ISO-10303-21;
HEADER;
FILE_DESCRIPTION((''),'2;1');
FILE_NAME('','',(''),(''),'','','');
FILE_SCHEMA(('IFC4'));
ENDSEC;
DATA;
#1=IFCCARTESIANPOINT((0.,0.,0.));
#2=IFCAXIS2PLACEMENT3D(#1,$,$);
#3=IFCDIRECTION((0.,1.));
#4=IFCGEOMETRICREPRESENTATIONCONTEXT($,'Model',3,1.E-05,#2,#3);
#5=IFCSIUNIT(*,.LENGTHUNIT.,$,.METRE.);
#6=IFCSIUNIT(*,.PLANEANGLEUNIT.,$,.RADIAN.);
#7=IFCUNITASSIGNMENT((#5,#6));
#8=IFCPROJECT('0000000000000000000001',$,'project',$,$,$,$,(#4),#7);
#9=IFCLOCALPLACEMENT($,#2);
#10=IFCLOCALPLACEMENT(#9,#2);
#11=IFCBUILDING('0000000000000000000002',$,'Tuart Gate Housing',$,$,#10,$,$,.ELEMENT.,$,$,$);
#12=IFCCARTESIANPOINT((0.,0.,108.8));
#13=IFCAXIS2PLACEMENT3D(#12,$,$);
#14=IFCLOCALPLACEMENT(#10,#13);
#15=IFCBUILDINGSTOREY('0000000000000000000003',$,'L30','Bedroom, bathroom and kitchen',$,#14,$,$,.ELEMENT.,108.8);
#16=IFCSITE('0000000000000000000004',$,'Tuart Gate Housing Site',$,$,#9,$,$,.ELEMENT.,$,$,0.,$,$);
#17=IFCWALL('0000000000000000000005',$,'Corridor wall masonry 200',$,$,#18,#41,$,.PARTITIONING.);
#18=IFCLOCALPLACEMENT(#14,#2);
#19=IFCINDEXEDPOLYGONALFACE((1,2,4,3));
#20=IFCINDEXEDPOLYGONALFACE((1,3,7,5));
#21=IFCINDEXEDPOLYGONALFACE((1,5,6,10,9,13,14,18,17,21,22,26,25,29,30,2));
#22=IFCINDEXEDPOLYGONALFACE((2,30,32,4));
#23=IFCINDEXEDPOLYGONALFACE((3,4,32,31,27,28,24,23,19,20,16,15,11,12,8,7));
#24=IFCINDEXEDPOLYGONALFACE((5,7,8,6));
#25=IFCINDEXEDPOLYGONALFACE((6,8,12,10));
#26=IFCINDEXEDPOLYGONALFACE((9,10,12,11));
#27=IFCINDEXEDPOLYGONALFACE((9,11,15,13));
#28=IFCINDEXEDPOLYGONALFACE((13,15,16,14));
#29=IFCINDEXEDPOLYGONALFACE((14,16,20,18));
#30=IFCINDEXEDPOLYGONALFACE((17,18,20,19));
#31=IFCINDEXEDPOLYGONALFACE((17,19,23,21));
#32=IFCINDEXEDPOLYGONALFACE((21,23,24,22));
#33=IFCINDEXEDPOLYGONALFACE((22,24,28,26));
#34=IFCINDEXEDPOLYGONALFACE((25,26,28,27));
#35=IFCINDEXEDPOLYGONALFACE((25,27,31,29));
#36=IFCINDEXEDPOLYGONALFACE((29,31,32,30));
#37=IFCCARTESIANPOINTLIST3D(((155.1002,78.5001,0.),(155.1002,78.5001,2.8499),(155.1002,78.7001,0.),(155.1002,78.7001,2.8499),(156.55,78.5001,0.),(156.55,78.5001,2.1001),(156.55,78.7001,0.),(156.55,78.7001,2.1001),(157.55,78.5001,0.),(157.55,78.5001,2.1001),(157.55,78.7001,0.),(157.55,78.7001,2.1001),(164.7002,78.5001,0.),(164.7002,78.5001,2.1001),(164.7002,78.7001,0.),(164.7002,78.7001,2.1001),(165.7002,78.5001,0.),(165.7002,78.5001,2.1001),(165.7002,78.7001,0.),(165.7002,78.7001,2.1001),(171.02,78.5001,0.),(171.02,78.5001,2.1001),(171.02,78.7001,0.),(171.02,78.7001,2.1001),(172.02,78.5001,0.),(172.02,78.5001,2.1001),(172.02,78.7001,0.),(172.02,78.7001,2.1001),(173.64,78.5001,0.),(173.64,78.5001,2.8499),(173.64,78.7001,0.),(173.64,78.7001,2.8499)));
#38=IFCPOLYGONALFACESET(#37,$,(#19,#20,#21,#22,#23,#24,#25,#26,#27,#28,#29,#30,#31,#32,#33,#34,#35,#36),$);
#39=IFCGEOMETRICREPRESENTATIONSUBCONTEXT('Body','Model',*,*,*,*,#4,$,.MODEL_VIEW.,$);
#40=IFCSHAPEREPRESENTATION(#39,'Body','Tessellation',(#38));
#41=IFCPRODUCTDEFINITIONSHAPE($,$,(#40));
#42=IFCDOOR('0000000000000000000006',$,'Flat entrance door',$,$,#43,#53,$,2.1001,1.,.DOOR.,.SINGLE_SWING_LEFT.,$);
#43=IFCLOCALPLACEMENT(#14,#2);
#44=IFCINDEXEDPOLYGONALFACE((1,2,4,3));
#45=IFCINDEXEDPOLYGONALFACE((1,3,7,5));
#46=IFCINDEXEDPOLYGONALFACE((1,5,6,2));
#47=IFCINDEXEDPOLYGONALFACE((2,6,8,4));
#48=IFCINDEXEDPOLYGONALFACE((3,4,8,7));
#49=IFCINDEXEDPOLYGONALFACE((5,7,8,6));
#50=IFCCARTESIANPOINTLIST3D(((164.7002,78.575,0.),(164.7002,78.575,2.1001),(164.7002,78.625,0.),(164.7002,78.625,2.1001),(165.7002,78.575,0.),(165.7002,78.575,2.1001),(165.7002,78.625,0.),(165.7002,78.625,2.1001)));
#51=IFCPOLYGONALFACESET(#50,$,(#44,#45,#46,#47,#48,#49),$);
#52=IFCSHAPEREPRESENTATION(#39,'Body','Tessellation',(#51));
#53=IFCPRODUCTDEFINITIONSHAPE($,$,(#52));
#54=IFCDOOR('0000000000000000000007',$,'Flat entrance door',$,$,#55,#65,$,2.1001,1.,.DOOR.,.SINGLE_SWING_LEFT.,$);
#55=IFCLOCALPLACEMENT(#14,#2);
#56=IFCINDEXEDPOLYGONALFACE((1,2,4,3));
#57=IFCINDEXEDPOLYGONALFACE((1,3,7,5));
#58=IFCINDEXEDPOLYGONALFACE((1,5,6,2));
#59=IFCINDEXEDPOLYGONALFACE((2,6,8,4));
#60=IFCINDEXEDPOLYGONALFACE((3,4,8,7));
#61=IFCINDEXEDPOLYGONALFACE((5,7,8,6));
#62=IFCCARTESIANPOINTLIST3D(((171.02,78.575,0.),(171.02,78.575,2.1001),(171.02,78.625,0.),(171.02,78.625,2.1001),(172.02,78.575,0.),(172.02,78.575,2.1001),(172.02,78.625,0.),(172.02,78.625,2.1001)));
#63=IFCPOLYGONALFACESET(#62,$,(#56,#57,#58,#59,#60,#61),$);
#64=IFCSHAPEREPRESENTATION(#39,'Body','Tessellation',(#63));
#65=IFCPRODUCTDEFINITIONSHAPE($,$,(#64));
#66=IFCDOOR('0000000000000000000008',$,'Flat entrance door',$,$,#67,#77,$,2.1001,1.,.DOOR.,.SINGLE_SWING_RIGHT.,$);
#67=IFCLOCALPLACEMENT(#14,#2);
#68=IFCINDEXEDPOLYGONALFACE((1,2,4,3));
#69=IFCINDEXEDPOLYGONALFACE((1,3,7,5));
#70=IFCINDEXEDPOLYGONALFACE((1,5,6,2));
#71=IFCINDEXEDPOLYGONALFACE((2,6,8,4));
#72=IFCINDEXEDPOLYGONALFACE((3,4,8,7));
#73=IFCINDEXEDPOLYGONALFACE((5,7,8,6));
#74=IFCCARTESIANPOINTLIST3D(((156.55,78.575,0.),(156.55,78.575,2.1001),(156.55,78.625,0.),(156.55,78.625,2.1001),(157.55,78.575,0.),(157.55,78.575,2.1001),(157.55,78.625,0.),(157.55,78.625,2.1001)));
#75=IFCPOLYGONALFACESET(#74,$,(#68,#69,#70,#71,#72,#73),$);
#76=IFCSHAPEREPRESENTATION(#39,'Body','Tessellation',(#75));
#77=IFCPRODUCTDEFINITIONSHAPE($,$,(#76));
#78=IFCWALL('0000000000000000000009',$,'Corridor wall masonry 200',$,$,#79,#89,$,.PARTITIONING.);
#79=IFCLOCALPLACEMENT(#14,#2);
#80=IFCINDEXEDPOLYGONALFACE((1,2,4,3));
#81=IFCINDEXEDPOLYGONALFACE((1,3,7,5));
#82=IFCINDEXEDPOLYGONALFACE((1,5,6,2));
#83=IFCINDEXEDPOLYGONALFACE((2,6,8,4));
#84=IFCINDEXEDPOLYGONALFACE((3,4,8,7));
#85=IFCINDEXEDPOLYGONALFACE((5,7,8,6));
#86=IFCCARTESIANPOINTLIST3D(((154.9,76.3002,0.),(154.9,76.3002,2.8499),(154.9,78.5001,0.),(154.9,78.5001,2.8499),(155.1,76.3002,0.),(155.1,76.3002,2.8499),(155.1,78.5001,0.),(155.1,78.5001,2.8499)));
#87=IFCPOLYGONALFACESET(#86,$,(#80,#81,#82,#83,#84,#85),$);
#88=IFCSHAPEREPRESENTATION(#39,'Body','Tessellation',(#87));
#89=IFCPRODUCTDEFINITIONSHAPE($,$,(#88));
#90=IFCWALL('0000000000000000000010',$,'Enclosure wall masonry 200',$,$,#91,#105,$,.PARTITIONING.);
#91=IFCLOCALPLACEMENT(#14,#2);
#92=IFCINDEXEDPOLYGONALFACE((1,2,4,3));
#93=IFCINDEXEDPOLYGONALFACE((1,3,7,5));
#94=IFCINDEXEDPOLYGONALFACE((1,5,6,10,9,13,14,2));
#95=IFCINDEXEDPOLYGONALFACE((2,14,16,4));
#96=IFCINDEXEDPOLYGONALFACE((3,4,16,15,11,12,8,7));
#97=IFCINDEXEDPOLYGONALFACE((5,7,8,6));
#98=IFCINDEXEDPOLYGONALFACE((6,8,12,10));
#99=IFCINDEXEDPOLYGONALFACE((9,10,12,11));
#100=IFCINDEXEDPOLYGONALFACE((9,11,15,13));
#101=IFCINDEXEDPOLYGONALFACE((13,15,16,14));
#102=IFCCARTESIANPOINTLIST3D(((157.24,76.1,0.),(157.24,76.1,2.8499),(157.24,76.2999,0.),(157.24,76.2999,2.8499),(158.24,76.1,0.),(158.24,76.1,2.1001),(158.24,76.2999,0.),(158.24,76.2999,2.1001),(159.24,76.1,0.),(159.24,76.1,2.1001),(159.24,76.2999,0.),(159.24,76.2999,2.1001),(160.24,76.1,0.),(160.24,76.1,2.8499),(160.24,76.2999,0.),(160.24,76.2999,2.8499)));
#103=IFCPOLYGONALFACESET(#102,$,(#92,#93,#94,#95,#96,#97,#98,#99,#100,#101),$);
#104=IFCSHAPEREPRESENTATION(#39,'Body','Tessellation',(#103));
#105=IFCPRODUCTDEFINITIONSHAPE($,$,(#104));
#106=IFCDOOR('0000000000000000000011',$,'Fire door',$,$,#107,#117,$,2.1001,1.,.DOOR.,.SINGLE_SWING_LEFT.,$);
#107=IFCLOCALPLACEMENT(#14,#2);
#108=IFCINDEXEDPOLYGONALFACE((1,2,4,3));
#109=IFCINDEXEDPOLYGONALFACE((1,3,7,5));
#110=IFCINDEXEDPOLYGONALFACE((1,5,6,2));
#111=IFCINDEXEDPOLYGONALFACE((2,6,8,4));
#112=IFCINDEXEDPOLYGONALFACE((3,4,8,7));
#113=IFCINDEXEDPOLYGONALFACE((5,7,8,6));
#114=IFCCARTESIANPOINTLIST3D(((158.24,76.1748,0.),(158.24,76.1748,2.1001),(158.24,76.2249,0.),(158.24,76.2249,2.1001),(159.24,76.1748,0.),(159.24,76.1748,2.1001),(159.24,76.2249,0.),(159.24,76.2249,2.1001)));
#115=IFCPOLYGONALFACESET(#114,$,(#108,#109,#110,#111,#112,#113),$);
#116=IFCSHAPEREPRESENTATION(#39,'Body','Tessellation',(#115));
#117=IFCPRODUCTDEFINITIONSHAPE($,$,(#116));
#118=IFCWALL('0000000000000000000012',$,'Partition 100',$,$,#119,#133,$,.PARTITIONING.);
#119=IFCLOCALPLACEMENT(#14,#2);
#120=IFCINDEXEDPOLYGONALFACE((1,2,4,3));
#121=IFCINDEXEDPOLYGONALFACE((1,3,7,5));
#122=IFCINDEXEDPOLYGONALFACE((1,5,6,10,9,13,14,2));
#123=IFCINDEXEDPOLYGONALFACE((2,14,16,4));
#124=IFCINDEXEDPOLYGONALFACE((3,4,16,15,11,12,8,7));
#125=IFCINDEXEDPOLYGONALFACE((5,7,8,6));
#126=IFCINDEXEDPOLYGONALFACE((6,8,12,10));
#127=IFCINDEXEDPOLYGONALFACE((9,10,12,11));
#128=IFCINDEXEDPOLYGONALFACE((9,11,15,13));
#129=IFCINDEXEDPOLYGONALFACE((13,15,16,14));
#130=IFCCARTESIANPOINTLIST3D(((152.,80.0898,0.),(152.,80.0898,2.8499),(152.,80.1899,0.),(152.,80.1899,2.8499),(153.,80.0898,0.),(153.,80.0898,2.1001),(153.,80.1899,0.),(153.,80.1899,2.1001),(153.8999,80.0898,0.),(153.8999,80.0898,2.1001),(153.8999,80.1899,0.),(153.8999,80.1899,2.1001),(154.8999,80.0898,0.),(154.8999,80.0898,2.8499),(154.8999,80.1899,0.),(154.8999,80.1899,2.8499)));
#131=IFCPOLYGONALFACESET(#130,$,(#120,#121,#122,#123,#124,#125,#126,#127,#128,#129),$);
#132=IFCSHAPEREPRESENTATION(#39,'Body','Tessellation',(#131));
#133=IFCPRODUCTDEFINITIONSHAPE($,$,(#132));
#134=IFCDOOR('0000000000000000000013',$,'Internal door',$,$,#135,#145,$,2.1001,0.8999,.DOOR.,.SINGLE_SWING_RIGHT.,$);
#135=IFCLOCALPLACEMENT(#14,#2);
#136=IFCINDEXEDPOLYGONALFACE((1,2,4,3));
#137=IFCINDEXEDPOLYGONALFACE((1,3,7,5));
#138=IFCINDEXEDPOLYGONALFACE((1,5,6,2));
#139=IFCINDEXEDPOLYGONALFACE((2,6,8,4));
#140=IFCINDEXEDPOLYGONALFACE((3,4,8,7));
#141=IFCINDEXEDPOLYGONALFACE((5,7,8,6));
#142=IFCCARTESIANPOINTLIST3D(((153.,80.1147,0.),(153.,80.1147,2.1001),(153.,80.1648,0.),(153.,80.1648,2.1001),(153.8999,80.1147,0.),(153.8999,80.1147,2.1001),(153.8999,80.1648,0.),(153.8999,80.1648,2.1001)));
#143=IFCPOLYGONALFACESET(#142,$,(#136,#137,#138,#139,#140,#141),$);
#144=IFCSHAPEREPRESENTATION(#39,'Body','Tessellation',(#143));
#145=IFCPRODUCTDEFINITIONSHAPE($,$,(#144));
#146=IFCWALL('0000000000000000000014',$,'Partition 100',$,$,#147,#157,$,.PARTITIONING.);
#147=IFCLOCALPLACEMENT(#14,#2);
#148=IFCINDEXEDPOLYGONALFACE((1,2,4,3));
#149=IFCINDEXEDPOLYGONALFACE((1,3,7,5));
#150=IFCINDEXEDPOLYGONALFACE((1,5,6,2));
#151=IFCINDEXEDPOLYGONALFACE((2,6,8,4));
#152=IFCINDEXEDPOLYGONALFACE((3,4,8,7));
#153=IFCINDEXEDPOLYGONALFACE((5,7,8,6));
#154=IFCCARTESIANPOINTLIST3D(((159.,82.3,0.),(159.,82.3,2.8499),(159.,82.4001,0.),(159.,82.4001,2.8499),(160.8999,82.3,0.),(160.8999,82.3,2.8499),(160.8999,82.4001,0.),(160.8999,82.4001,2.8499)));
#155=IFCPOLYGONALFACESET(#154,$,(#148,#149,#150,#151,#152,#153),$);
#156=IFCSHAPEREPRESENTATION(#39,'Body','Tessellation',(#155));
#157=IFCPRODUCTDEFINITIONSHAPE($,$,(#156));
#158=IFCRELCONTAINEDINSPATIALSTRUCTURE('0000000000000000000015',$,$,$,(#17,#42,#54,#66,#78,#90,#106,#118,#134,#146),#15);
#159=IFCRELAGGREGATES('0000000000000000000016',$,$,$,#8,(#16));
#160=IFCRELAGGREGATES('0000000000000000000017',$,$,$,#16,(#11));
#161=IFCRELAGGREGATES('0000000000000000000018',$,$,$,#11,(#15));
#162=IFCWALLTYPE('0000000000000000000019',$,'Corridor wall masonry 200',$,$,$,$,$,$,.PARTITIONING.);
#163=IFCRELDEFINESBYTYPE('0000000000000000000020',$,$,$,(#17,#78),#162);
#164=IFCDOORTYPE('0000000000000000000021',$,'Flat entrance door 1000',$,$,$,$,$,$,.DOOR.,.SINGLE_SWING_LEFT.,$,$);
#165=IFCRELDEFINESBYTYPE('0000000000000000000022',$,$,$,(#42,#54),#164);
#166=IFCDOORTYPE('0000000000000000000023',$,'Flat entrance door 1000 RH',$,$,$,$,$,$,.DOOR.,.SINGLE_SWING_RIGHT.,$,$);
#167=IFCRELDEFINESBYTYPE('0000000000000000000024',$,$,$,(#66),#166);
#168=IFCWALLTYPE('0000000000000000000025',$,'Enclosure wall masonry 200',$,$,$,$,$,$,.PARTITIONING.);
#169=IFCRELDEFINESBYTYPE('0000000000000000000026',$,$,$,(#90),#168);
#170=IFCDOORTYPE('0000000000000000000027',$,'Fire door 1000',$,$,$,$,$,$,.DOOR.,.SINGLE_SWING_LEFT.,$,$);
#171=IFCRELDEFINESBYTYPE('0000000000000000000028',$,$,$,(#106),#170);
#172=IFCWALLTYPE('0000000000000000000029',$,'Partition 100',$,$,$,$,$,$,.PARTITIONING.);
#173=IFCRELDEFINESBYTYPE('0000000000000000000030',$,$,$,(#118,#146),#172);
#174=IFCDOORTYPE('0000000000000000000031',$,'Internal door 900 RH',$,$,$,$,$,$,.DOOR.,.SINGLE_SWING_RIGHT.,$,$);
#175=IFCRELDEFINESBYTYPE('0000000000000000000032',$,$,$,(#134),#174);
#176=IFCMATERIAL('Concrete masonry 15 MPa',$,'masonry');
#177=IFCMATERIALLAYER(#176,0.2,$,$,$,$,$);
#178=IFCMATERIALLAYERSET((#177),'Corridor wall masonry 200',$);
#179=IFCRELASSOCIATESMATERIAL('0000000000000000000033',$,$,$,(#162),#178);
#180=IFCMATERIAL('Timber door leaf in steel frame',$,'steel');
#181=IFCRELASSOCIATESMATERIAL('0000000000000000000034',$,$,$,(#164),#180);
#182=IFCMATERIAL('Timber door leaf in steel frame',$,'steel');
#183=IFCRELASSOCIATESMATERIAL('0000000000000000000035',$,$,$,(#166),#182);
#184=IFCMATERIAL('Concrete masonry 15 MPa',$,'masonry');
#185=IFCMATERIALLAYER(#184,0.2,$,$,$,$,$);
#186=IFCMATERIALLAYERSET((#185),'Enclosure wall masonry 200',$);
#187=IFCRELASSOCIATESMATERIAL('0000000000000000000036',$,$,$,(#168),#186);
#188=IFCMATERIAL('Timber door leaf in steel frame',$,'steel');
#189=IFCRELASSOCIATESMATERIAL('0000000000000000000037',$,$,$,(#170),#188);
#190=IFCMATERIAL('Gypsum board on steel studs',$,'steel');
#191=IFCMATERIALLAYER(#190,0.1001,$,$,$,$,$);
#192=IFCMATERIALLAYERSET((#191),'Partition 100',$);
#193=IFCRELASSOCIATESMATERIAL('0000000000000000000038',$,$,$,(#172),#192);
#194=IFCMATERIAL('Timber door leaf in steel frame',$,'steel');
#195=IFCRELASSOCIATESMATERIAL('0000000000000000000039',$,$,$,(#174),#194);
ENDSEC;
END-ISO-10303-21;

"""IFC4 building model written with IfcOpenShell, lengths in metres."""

from ifc_helpers import new_model, si_unit, direction, frame, frame_2d, origin, place, context, subcontext, project, spatial, rectangle, extrude, material, layer, layer_set, type_object, element, fill, save


model = new_model("IFC4")

# Units and contexts
model_context = context("Model", 3, precision=1e-05, world=origin(), true_north=direction((0.0, 1.0)))
body_context = subcontext(model_context, "Body", "Model", "MODEL_VIEW")
ifc_project = project(units=[si_unit("LENGTHUNIT", "METRE"), si_unit("PLANEANGLEUNIT", "RADIAN")], contexts=[model_context])

# Site, building, storey
site_placement = place(None, origin())
site = spatial("IfcSite", under=ifc_project, at=site_placement, Name="Tuart Gate Housing Site", CompositionType="ELEMENT", RefElevation=0.0)
building_placement = place(site_placement, origin())
building = spatial("IfcBuilding", under=site, at=building_placement, Name="Tuart Gate Housing", CompositionType="ELEMENT")
storey_placement = place(building_placement, frame((0.0, 0.0, 108.8)))
storey = spatial("IfcBuildingStorey", under=building, at=storey_placement, Name="L30", Description="Bedroom, bathroom and kitchen", CompositionType="ELEMENT", Elevation=108.8)

# Shared definitions
ifc_material_1 = material(Name="Concrete masonry 15 MPa", Category="masonry")
ifc_layer_1 = layer(ifc_material_1, 0.2)
ifc_layer_set_1 = layer_set([ifc_layer_1], Name="Corridor wall masonry 200")
wall_type_1 = type_object("IfcWallType", Name="Corridor wall masonry 200", PredefinedType="PARTITIONING", material=ifc_layer_set_1)

# Wall, openings, doors
wall_1_placement = place(storey_placement, frame((155.1001, 78.6001, 0.0), z_axis=(0.0, 0.0, 1.0), x_axis=(1.0, 0.0, 0.0)))
wall_1 = element("IfcWall", 1, at=wall_1_placement, inside=storey, type_object=wall_type_1, Name="Corridor wall masonry 200", PredefinedType="PARTITIONING", context=body_context, shape_type="SweptSolid", body=[
    extrude(rectangle(XDim=18.5398, YDim=0.2, at=frame_2d((9.27, 0.0))), origin(), (0.0, 0.0, 1.0), 2.8499),
])
opening_1_placement = place(wall_1_placement, frame((1.45, 0.0, 0.0)))
opening_1 = element("IfcOpeningElement", 2, at=opening_1_placement, cuts=wall_1, PredefinedType="OPENING", context=body_context, shape_type="SweptSolid", body=[
    extrude(rectangle(XDim=1.0, YDim=2.1001, at=frame_2d((0.5, 1.05))), frame((0.0, 0.1099, 0.0), z_axis=(0.0, -1.0, 0.0), x_axis=(1.0, 0.0, 0.0)), (0.0, 0.0, 1.0), 0.22),
])
opening_2_placement = place(wall_1_placement, frame((9.6001, 0.0, 0.0)))
opening_2 = element("IfcOpeningElement", 3, at=opening_2_placement, cuts=wall_1, PredefinedType="OPENING", context=body_context, shape_type="SweptSolid", body=[
    extrude(rectangle(XDim=1.0, YDim=2.1001, at=frame_2d((0.5, 1.05))), frame((0.0, 0.1099, 0.0), z_axis=(0.0, -1.0, 0.0), x_axis=(1.0, 0.0, 0.0)), (0.0, 0.0, 1.0), 0.22),
])
opening_3_placement = place(wall_1_placement, frame((15.9199, 0.0, 0.0)))
opening_3 = element("IfcOpeningElement", 4, at=opening_3_placement, cuts=wall_1, PredefinedType="OPENING", context=body_context, shape_type="SweptSolid", body=[
    extrude(rectangle(XDim=1.0, YDim=2.1001, at=frame_2d((0.5, 1.05))), frame((0.0, 0.1099, 0.0), z_axis=(0.0, -1.0, 0.0), x_axis=(1.0, 0.0, 0.0)), (0.0, 0.0, 1.0), 0.22),
])
ifc_material_2 = material(Name="Timber door leaf in steel frame", Category="steel")
door_type_1 = type_object("IfcDoorType", Name="Flat entrance door 1000", OperationType="SINGLE_SWING_LEFT", PredefinedType="DOOR", material=ifc_material_2)
door_1_placement = place(opening_2_placement, origin())
door_1 = element("IfcDoor", 5, at=door_1_placement, inside=storey, type_object=door_type_1, Name="Flat entrance door", OperationType="SINGLE_SWING_LEFT", OverallHeight=2.1001, OverallWidth=1.0, PredefinedType="DOOR", context=body_context, shape_type="SweptSolid", body=[
    extrude(rectangle(XDim=1.0, YDim=2.1001, at=frame_2d((0.5, 1.05))), frame((0.0, 0.0249, 0.0), z_axis=(0.0, -1.0, 0.0), x_axis=(1.0, 0.0, 0.0)), (0.0, 0.0, 1.0), 0.05),
])
fill(opening_2, door_1)
door_2_placement = place(opening_3_placement, origin())
door_2 = element("IfcDoor", 6, at=door_2_placement, inside=storey, type_object=door_type_1, Name="Flat entrance door", OperationType="SINGLE_SWING_LEFT", OverallHeight=2.1001, OverallWidth=1.0, PredefinedType="DOOR", context=body_context, shape_type="SweptSolid", body=[
    extrude(rectangle(XDim=1.0, YDim=2.1001, at=frame_2d((0.5, 1.05))), frame((0.0, 0.0249, 0.0), z_axis=(0.0, -1.0, 0.0), x_axis=(1.0, 0.0, 0.0)), (0.0, 0.0, 1.0), 0.05),
])
fill(opening_3, door_2)
ifc_material_3 = material(Name="Timber door leaf in steel frame", Category="steel")
door_type_2 = type_object("IfcDoorType", Name="Flat entrance door 1000 RH", OperationType="SINGLE_SWING_RIGHT", PredefinedType="DOOR", material=ifc_material_3)
door_3_placement = place(opening_1_placement, origin())
door_3 = element("IfcDoor", 7, at=door_3_placement, inside=storey, type_object=door_type_2, Name="Flat entrance door", OperationType="SINGLE_SWING_RIGHT", OverallHeight=2.1001, OverallWidth=1.0, PredefinedType="DOOR", context=body_context, shape_type="SweptSolid", body=[
    extrude(rectangle(XDim=1.0, YDim=2.1001, at=frame_2d((0.5, 1.05))), frame((0.0, 0.0249, 0.0), z_axis=(0.0, -1.0, 0.0), x_axis=(1.0, 0.0, 0.0)), (0.0, 0.0, 1.0), 0.05),
])
fill(opening_1, door_3)

# Wall
wall_2_placement = place(storey_placement, frame((155.0, 76.3, 0.0), z_axis=(0.0, 0.0, 1.0), x_axis=(0.0, 1.0, 0.0)))
element("IfcWall", 8, at=wall_2_placement, inside=storey, type_object=wall_type_1, Name="Corridor wall masonry 200", PredefinedType="PARTITIONING", context=body_context, shape_type="SweptSolid", body=[
    extrude(rectangle(XDim=2.2, YDim=0.2, at=frame_2d((1.1001, 0.0))), origin(), (0.0, 0.0, 1.0), 2.8499),
])

# Walls, openings, doors
ifc_material_4 = material(Name="Concrete masonry 15 MPa", Category="masonry")
ifc_layer_2 = layer(ifc_material_4, 0.2)
ifc_layer_set_2 = layer_set([ifc_layer_2], Name="Enclosure wall masonry 200")
wall_type_2 = type_object("IfcWallType", Name="Enclosure wall masonry 200", PredefinedType="PARTITIONING", material=ifc_layer_set_2)
wall_3_placement = place(storey_placement, frame((157.24, 76.2, 0.0), z_axis=(0.0, 0.0, 1.0), x_axis=(1.0, 0.0, 0.0)))
wall_3 = element("IfcWall", 9, at=wall_3_placement, inside=storey, type_object=wall_type_2, Name="Enclosure wall masonry 200", PredefinedType="PARTITIONING", context=body_context, shape_type="SweptSolid", body=[
    extrude(rectangle(XDim=3.0, YDim=0.2, at=frame_2d((1.5, 0.0))), origin(), (0.0, 0.0, 1.0), 2.8499),
])
opening_4_placement = place(wall_3_placement, frame((1.0, 0.0, 0.0)))
opening_4 = element("IfcOpeningElement", 10, at=opening_4_placement, cuts=wall_3, PredefinedType="OPENING", context=body_context, shape_type="SweptSolid", body=[
    extrude(rectangle(XDim=1.0, YDim=2.1001, at=frame_2d((0.5, 1.05))), frame((0.0, 0.1099, 0.0), z_axis=(0.0, -1.0, 0.0), x_axis=(1.0, 0.0, 0.0)), (0.0, 0.0, 1.0), 0.22),
])
ifc_material_5 = material(Name="Timber door leaf in steel frame", Category="steel")
door_type_3 = type_object("IfcDoorType", Name="Fire door 1000", OperationType="SINGLE_SWING_LEFT", PredefinedType="DOOR", material=ifc_material_5)
door_4_placement = place(opening_4_placement, origin())
door_4 = element("IfcDoor", 11, at=door_4_placement, inside=storey, type_object=door_type_3, Name="Fire door", OperationType="SINGLE_SWING_LEFT", OverallHeight=2.1001, OverallWidth=1.0, PredefinedType="DOOR", context=body_context, shape_type="SweptSolid", body=[
    extrude(rectangle(XDim=1.0, YDim=2.1001, at=frame_2d((0.5, 1.05))), frame((0.0, 0.0249, 0.0), z_axis=(0.0, -1.0, 0.0), x_axis=(1.0, 0.0, 0.0)), (0.0, 0.0, 1.0), 0.05),
])
fill(opening_4, door_4)
ifc_material_6 = material(Name="Gypsum board on steel studs", Category="steel")
ifc_layer_3 = layer(ifc_material_6, 0.1001)
ifc_layer_set_3 = layer_set([ifc_layer_3], Name="Partition 100")
wall_type_3 = type_object("IfcWallType", Name="Partition 100", PredefinedType="PARTITIONING", material=ifc_layer_set_3)
wall_4_placement = place(storey_placement, frame((152.0, 80.1399, 0.0), z_axis=(0.0, 0.0, 1.0), x_axis=(1.0, 0.0, 0.0)))
wall_4 = element("IfcWall", 12, at=wall_4_placement, inside=storey, type_object=wall_type_3, Name="Partition 100", PredefinedType="PARTITIONING", context=body_context, shape_type="SweptSolid", body=[
    extrude(rectangle(XDim=2.8999, YDim=0.1001, at=frame_2d((1.45, 0.0))), origin(), (0.0, 0.0, 1.0), 2.8499),
])
opening_5_placement = place(wall_4_placement, frame((1.0, 0.0, 0.0)))
opening_5 = element("IfcOpeningElement", 13, at=opening_5_placement, cuts=wall_4, PredefinedType="OPENING", context=body_context, shape_type="SweptSolid", body=[
    extrude(rectangle(XDim=0.8999, YDim=2.1001, at=frame_2d((0.45, 1.05))), frame((0.0, 0.0601, 0.0), z_axis=(0.0, -1.0, 0.0), x_axis=(1.0, 0.0, 0.0)), (0.0, 0.0, 1.0), 0.1201),
])
ifc_material_7 = material(Name="Timber door leaf in steel frame", Category="steel")
door_type_4 = type_object("IfcDoorType", Name="Internal door 900 RH", OperationType="SINGLE_SWING_RIGHT", PredefinedType="DOOR", material=ifc_material_7)
door_5_placement = place(opening_5_placement, frame((0.8999, 0.0, 0.0), z_axis=(0.0, 0.0, 1.0), x_axis=(-1.0, 0.0, 0.0)))
door_5 = element("IfcDoor", 14, at=door_5_placement, inside=storey, type_object=door_type_4, Name="Internal door", OperationType="SINGLE_SWING_RIGHT", OverallHeight=2.1001, OverallWidth=0.8999, PredefinedType="DOOR", context=body_context, shape_type="SweptSolid", body=[
    extrude(rectangle(XDim=0.8999, YDim=2.1001, at=frame_2d((0.45, 1.05))), frame((0.0, 0.0251, 0.0), z_axis=(0.0, -1.0, 0.0), x_axis=(1.0, 0.0, 0.0)), (0.0, 0.0, 1.0), 0.05),
])
fill(opening_5, door_5)

# Wall
wall_5_placement = place(storey_placement, frame((159.0, 82.3501, 0.0), z_axis=(0.0, 0.0, 1.0), x_axis=(1.0, 0.0, 0.0)))
element("IfcWall", 15, at=wall_5_placement, inside=storey, type_object=wall_type_3, Name="Partition 100", PredefinedType="PARTITIONING", context=body_context, shape_type="SweptSolid", body=[
    extrude(rectangle(XDim=1.8999, YDim=0.1001, at=frame_2d((0.95, 0.0))), origin(), (0.0, 0.0, 1.0), 2.8499),
])

save(model, "model.ifc")
